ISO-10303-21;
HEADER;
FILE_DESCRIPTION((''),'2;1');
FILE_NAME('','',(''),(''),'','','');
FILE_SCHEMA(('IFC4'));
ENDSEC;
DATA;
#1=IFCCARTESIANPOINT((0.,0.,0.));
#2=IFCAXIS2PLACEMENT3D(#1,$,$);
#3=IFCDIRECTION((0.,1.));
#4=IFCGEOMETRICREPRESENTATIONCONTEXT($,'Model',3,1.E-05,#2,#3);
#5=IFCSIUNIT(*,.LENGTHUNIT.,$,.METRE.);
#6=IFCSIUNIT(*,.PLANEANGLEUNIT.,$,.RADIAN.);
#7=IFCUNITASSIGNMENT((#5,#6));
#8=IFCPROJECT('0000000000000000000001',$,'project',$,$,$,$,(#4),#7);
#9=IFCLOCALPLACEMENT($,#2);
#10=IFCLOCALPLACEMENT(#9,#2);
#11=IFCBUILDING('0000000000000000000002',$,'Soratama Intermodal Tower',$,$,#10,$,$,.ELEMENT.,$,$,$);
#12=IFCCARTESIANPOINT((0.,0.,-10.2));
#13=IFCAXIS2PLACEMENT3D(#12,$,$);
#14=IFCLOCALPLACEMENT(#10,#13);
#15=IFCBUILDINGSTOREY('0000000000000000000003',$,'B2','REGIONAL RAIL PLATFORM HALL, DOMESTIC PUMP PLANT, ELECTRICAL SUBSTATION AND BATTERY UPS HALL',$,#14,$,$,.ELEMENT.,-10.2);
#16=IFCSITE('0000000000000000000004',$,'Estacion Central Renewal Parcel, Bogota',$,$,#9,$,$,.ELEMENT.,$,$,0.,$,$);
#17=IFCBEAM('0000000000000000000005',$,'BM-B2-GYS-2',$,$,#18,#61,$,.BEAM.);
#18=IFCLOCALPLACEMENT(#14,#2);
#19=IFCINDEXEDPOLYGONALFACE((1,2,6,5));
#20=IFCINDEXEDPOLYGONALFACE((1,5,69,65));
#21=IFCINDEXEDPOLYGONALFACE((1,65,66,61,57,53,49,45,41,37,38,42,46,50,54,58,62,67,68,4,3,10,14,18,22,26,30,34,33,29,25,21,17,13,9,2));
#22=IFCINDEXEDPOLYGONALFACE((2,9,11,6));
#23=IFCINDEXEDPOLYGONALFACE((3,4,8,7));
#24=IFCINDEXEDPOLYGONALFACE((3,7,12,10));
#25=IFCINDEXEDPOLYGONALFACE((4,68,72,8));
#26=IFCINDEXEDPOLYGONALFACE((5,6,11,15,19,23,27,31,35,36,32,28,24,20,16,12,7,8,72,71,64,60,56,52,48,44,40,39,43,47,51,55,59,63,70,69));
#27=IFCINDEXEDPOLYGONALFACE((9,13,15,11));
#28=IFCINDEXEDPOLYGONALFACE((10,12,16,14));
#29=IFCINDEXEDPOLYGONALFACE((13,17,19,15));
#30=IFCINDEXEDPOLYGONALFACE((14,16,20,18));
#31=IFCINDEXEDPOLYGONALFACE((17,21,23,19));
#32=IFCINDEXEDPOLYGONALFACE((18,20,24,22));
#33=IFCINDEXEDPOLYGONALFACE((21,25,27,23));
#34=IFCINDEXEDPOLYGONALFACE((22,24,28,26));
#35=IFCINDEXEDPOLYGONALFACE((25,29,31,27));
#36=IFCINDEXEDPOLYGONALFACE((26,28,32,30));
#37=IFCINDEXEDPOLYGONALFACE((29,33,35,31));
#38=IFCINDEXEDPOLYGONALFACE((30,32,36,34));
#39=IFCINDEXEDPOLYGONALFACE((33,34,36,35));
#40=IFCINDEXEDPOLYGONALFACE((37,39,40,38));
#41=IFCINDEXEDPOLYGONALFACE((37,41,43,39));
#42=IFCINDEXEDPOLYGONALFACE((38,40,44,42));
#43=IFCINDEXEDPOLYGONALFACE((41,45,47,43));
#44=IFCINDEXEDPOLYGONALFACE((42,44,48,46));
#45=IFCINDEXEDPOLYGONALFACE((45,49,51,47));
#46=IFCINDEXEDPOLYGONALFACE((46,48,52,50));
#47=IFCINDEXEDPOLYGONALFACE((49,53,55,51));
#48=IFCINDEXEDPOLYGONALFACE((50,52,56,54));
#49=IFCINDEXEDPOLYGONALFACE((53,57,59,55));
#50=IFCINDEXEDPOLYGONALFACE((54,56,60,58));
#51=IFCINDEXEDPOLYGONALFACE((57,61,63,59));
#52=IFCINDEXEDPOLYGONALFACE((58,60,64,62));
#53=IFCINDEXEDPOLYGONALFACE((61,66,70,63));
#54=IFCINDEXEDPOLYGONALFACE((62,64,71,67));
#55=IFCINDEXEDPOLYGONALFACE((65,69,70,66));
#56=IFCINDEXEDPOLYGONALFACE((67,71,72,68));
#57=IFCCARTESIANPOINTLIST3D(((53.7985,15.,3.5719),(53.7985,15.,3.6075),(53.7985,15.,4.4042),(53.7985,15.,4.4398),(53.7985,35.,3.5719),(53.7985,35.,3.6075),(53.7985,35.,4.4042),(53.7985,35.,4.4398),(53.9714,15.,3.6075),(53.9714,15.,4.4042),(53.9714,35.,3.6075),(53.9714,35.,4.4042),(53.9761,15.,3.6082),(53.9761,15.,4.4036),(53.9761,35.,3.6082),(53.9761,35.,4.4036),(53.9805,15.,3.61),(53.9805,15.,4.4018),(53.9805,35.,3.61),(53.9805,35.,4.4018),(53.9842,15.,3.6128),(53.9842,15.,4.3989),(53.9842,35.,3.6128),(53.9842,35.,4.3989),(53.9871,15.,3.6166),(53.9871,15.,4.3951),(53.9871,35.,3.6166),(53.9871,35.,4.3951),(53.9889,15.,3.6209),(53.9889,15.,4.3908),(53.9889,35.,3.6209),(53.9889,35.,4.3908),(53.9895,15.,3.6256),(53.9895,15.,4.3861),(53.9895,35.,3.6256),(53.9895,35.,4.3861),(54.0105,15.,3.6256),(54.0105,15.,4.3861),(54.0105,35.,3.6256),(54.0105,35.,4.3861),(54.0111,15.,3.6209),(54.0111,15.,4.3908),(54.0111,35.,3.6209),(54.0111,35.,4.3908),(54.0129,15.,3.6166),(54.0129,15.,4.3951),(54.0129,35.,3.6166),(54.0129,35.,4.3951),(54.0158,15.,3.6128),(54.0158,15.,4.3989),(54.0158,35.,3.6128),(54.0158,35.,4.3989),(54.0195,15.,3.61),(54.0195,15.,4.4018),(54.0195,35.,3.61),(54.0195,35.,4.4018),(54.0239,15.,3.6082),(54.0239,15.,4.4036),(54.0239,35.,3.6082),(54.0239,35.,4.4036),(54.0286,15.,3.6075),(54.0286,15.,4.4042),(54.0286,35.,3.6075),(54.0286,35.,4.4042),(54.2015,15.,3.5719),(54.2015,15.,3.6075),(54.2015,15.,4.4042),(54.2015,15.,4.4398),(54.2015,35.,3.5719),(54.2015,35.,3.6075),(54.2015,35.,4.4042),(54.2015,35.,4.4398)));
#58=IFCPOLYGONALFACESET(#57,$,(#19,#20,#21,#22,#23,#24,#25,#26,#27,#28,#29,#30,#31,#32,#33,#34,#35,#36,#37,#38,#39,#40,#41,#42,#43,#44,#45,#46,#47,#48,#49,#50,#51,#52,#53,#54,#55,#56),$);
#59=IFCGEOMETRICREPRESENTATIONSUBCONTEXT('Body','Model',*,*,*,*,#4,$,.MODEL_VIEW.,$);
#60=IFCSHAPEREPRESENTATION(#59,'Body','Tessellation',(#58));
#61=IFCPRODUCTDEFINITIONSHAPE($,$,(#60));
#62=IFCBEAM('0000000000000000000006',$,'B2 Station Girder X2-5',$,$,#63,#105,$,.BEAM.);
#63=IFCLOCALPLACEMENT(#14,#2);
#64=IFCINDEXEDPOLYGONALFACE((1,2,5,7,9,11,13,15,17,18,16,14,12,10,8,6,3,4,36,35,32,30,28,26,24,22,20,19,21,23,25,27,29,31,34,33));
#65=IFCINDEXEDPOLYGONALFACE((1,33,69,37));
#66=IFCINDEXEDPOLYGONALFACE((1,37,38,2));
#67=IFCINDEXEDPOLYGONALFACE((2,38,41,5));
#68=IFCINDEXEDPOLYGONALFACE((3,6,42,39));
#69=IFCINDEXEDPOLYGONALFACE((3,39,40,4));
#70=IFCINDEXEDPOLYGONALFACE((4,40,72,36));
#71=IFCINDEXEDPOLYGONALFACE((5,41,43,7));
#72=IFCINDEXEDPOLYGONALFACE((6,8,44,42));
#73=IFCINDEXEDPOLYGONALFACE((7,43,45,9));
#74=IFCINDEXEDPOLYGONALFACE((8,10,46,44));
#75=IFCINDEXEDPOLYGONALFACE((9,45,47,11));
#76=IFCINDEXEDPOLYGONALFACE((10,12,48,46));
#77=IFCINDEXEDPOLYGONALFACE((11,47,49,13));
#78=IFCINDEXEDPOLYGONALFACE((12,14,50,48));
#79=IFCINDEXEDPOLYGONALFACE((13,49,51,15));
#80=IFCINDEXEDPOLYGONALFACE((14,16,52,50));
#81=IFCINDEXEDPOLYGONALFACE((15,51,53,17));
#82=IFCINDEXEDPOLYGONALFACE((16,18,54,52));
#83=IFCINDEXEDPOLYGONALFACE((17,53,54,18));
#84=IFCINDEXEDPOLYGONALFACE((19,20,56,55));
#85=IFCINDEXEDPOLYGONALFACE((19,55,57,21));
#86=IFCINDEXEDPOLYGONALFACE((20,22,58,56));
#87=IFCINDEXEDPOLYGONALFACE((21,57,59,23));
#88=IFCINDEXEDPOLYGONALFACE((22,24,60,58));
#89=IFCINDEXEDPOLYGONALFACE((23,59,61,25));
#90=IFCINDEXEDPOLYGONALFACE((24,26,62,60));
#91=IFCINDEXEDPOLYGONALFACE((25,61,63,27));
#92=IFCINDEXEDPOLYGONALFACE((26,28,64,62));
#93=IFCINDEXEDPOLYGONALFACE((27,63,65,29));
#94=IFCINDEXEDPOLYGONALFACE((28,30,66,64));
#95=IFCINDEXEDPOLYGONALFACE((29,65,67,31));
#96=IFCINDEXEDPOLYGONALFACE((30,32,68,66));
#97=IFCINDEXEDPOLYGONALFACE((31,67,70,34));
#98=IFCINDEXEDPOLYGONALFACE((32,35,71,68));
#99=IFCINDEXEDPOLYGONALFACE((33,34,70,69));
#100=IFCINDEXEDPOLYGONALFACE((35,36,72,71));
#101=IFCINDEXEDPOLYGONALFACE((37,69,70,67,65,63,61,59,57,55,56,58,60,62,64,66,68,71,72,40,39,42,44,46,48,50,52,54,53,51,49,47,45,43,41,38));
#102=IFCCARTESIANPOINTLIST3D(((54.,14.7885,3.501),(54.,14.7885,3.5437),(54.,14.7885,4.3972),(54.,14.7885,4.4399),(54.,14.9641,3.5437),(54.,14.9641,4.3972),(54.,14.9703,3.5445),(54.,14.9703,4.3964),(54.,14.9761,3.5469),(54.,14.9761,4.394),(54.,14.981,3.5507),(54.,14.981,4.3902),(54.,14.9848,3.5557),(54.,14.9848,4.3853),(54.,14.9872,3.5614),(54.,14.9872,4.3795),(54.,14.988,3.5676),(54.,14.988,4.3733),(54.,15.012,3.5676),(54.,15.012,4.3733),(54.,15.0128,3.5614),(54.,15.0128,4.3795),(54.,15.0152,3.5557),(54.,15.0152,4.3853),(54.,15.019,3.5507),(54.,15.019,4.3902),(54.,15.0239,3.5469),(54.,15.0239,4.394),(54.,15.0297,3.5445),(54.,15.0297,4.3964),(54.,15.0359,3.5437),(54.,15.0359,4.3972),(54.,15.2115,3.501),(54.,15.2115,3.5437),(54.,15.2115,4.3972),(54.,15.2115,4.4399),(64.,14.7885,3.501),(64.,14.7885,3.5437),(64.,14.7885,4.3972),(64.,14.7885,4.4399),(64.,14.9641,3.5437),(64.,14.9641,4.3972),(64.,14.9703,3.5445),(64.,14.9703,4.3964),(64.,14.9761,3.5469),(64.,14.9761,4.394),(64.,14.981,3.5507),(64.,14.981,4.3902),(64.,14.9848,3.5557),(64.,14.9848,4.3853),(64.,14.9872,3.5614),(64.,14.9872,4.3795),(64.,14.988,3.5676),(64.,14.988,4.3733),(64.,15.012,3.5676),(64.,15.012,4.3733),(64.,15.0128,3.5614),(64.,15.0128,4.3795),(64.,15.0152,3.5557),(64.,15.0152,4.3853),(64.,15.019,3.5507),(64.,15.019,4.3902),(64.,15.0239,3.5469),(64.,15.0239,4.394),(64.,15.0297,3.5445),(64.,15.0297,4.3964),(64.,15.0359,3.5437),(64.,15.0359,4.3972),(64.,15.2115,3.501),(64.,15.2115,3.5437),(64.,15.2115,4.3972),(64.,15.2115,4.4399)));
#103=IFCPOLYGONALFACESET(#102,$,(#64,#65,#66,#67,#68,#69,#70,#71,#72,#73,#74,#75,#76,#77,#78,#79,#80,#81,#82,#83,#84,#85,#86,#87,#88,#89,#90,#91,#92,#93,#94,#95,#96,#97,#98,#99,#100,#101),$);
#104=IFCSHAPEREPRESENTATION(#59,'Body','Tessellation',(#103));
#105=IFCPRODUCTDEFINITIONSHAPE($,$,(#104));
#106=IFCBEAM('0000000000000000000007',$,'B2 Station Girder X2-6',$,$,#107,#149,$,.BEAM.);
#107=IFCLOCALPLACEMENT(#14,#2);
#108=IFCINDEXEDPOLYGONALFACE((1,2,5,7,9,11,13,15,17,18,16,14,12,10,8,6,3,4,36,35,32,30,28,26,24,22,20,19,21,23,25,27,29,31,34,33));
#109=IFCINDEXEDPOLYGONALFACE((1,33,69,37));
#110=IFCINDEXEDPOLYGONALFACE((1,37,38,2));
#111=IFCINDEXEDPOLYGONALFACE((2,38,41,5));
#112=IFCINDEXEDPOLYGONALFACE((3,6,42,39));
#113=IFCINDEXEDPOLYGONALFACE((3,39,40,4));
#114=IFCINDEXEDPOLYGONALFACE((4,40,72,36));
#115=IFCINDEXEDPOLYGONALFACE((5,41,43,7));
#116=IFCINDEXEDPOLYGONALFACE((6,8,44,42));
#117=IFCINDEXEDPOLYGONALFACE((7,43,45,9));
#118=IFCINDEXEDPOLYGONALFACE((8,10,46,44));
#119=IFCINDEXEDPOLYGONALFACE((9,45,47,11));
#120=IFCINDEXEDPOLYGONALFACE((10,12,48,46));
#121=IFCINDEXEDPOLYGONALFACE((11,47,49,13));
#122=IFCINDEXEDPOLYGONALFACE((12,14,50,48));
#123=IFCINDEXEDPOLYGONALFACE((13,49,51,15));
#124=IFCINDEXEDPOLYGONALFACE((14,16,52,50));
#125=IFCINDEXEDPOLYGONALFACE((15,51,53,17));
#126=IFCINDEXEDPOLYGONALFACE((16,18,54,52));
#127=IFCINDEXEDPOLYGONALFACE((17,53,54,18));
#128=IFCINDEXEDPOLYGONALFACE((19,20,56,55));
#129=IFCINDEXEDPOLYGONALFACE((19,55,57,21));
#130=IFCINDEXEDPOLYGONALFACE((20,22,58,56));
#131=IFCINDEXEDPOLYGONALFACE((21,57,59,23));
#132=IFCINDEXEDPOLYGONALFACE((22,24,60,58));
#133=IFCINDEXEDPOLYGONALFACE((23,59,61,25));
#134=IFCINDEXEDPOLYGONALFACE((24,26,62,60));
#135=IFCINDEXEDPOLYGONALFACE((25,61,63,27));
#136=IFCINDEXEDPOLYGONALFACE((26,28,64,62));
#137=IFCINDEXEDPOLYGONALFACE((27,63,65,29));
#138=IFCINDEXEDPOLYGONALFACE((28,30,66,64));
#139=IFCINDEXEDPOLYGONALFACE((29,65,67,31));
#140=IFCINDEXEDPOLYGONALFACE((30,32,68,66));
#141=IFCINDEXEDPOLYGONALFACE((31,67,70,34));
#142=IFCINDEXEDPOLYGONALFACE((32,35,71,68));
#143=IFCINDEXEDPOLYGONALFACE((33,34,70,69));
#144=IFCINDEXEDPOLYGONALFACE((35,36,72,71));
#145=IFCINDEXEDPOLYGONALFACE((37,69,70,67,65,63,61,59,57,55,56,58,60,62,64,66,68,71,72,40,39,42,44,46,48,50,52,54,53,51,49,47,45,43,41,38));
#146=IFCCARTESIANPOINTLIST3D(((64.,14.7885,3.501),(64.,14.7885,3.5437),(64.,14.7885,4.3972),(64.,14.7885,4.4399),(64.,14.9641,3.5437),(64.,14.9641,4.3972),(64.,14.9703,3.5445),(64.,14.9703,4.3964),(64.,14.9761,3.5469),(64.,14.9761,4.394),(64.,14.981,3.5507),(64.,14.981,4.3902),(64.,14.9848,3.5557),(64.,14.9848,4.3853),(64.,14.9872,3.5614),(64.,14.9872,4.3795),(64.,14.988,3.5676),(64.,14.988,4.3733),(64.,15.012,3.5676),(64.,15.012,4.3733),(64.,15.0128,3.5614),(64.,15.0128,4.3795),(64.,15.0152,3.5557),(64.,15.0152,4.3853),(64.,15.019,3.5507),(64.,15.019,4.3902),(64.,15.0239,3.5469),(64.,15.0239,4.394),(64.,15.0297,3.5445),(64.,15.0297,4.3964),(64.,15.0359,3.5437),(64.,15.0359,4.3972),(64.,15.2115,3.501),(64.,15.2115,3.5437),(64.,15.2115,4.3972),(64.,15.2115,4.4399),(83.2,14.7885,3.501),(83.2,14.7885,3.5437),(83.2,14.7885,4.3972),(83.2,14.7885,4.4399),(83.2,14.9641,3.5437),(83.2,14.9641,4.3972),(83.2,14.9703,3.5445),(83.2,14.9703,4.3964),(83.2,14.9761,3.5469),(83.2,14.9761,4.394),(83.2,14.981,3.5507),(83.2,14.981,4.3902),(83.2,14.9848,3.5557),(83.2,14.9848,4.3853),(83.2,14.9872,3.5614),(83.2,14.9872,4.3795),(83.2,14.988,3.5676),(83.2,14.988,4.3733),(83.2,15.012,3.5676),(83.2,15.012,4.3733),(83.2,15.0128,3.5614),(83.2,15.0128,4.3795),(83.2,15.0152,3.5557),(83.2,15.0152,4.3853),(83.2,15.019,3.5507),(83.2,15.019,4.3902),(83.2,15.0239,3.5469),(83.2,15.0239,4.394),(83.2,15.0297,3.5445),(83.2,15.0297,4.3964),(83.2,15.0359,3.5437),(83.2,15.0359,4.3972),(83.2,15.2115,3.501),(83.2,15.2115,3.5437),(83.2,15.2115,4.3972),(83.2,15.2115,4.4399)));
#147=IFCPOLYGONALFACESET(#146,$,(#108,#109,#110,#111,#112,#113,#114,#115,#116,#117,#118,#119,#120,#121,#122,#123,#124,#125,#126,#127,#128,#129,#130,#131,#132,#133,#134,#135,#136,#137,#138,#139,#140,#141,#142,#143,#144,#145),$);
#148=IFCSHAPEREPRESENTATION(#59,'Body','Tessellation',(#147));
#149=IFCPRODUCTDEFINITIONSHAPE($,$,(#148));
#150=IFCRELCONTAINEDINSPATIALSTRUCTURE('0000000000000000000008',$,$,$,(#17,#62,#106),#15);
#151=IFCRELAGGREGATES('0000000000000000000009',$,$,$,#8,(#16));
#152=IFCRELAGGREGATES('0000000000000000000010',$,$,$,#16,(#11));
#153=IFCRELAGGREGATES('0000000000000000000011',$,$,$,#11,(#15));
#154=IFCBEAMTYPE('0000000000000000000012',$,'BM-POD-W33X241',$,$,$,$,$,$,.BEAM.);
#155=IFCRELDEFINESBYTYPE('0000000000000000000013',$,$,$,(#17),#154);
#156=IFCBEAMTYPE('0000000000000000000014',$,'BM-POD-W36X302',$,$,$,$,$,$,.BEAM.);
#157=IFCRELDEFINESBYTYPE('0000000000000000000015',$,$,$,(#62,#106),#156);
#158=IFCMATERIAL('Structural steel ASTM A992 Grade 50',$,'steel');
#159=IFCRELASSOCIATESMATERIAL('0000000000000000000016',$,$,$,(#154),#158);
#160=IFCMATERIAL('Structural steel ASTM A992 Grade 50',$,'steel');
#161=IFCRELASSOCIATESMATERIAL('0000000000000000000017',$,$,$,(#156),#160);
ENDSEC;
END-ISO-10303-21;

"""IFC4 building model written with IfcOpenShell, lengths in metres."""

from ifc_helpers import new_model, si_unit, direction, frame, origin, origin_2d, place, context, subcontext, project, spatial, i_section, extrude, material, material_profile, profile_set, type_object, element, save


model = new_model("IFC4")

# Units and contexts
model_context = context("Model", 3, precision=1e-05, world=origin(), true_north=direction((0.0, 1.0)))
body_context = subcontext(model_context, "Body", "Model", "MODEL_VIEW")
ifc_project = project(units=[si_unit("LENGTHUNIT", "METRE"), si_unit("PLANEANGLEUNIT", "RADIAN")], contexts=[model_context])

# Site, building, storey
site_placement = place(None, origin())
site = spatial("IfcSite", under=ifc_project, at=site_placement, Name="Estacion Central Renewal Parcel, Bogota", CompositionType="ELEMENT", RefElevation=0.0)
building_placement = place(site_placement, origin())
building = spatial("IfcBuilding", under=site, at=building_placement, Name="Soratama Intermodal Tower", CompositionType="ELEMENT")
storey_placement = place(building_placement, frame((0.0, 0.0, -10.2)))
storey = spatial("IfcBuildingStorey", under=building, at=storey_placement, Name="B2", Description="REGIONAL RAIL PLATFORM HALL, DOMESTIC PUMP PLANT, ELECTRICAL SUBSTATION AND BATTERY UPS HALL", CompositionType="ELEMENT", Elevation=-10.2)

# Beams
ifc_material_1 = material(Name="Structural steel ASTM A992 Grade 50", Category="steel")
ifc_material_profile_1 = material_profile(ifc_material_1, i_section(OverallWidth=0.4031, OverallDepth=0.8679, WebThickness=0.021, FlangeThickness=0.0356, FilletRadius=0.0181, at=origin_2d()), Name="W33X241")
ifc_profile_set_1 = profile_set([ifc_material_profile_1], Name="Structural steel ASTM A992 Grade 50")
beam_type_1 = type_object("IfcBeamType", Name="BM-POD-W33X241", PredefinedType="BEAM", material=ifc_profile_set_1)
beam_1_placement = place(storey_placement, frame((54.0, 15.0, 4.0059), z_axis=(0.0, 1.0, 0.0), x_axis=(-1.0, 0.0, 0.0)))
element("IfcBeam", 1, at=beam_1_placement, inside=storey, type_object=beam_type_1, Name="BM-B2-GYS-2", PredefinedType="BEAM", context=body_context, shape_type="SweptSolid", body=[
    extrude(i_section(OverallWidth=0.4031, OverallDepth=0.8679, WebThickness=0.021, FlangeThickness=0.0356, FilletRadius=0.0181, at=origin_2d()), origin(), (0.0, 0.0, 1.0), 20.0),
])
ifc_material_2 = material(Name="Structural steel ASTM A992 Grade 50", Category="steel")
ifc_material_profile_2 = material_profile(ifc_material_2, i_section(OverallWidth=0.4231, OverallDepth=0.939, WebThickness=0.0239, FlangeThickness=0.0427, FilletRadius=0.0239, at=origin_2d()), Name="W36X302")
ifc_profile_set_2 = profile_set([ifc_material_profile_2], Name="Structural steel ASTM A992 Grade 50")
beam_type_2 = type_object("IfcBeamType", Name="BM-POD-W36X302", PredefinedType="BEAM", material=ifc_profile_set_2)
beam_2_placement = place(storey_placement, frame((54.0, 15.0, 3.9705), z_axis=(1.0, 0.0, 0.0), x_axis=(0.0, 1.0, 0.0)))
element("IfcBeam", 2, at=beam_2_placement, inside=storey, type_object=beam_type_2, Name="B2 Station Girder X2-5", PredefinedType="BEAM", context=body_context, shape_type="SweptSolid", body=[
    extrude(i_section(OverallWidth=0.4231, OverallDepth=0.939, WebThickness=0.0239, FlangeThickness=0.0427, FilletRadius=0.0239, at=origin_2d()), origin(), (0.0, 0.0, 1.0), 10.0),
])
beam_3_placement = place(storey_placement, frame((64.0, 15.0, 3.9705), z_axis=(1.0, 0.0, 0.0), x_axis=(0.0, 1.0, 0.0)))
element("IfcBeam", 3, at=beam_3_placement, inside=storey, type_object=beam_type_2, Name="B2 Station Girder X2-6", PredefinedType="BEAM", context=body_context, shape_type="SweptSolid", body=[
    extrude(i_section(OverallWidth=0.4231, OverallDepth=0.939, WebThickness=0.0239, FlangeThickness=0.0427, FilletRadius=0.0239, at=origin_2d()), origin(), (0.0, 0.0, 1.0), 19.2),
])

save(model, "model.ifc")
